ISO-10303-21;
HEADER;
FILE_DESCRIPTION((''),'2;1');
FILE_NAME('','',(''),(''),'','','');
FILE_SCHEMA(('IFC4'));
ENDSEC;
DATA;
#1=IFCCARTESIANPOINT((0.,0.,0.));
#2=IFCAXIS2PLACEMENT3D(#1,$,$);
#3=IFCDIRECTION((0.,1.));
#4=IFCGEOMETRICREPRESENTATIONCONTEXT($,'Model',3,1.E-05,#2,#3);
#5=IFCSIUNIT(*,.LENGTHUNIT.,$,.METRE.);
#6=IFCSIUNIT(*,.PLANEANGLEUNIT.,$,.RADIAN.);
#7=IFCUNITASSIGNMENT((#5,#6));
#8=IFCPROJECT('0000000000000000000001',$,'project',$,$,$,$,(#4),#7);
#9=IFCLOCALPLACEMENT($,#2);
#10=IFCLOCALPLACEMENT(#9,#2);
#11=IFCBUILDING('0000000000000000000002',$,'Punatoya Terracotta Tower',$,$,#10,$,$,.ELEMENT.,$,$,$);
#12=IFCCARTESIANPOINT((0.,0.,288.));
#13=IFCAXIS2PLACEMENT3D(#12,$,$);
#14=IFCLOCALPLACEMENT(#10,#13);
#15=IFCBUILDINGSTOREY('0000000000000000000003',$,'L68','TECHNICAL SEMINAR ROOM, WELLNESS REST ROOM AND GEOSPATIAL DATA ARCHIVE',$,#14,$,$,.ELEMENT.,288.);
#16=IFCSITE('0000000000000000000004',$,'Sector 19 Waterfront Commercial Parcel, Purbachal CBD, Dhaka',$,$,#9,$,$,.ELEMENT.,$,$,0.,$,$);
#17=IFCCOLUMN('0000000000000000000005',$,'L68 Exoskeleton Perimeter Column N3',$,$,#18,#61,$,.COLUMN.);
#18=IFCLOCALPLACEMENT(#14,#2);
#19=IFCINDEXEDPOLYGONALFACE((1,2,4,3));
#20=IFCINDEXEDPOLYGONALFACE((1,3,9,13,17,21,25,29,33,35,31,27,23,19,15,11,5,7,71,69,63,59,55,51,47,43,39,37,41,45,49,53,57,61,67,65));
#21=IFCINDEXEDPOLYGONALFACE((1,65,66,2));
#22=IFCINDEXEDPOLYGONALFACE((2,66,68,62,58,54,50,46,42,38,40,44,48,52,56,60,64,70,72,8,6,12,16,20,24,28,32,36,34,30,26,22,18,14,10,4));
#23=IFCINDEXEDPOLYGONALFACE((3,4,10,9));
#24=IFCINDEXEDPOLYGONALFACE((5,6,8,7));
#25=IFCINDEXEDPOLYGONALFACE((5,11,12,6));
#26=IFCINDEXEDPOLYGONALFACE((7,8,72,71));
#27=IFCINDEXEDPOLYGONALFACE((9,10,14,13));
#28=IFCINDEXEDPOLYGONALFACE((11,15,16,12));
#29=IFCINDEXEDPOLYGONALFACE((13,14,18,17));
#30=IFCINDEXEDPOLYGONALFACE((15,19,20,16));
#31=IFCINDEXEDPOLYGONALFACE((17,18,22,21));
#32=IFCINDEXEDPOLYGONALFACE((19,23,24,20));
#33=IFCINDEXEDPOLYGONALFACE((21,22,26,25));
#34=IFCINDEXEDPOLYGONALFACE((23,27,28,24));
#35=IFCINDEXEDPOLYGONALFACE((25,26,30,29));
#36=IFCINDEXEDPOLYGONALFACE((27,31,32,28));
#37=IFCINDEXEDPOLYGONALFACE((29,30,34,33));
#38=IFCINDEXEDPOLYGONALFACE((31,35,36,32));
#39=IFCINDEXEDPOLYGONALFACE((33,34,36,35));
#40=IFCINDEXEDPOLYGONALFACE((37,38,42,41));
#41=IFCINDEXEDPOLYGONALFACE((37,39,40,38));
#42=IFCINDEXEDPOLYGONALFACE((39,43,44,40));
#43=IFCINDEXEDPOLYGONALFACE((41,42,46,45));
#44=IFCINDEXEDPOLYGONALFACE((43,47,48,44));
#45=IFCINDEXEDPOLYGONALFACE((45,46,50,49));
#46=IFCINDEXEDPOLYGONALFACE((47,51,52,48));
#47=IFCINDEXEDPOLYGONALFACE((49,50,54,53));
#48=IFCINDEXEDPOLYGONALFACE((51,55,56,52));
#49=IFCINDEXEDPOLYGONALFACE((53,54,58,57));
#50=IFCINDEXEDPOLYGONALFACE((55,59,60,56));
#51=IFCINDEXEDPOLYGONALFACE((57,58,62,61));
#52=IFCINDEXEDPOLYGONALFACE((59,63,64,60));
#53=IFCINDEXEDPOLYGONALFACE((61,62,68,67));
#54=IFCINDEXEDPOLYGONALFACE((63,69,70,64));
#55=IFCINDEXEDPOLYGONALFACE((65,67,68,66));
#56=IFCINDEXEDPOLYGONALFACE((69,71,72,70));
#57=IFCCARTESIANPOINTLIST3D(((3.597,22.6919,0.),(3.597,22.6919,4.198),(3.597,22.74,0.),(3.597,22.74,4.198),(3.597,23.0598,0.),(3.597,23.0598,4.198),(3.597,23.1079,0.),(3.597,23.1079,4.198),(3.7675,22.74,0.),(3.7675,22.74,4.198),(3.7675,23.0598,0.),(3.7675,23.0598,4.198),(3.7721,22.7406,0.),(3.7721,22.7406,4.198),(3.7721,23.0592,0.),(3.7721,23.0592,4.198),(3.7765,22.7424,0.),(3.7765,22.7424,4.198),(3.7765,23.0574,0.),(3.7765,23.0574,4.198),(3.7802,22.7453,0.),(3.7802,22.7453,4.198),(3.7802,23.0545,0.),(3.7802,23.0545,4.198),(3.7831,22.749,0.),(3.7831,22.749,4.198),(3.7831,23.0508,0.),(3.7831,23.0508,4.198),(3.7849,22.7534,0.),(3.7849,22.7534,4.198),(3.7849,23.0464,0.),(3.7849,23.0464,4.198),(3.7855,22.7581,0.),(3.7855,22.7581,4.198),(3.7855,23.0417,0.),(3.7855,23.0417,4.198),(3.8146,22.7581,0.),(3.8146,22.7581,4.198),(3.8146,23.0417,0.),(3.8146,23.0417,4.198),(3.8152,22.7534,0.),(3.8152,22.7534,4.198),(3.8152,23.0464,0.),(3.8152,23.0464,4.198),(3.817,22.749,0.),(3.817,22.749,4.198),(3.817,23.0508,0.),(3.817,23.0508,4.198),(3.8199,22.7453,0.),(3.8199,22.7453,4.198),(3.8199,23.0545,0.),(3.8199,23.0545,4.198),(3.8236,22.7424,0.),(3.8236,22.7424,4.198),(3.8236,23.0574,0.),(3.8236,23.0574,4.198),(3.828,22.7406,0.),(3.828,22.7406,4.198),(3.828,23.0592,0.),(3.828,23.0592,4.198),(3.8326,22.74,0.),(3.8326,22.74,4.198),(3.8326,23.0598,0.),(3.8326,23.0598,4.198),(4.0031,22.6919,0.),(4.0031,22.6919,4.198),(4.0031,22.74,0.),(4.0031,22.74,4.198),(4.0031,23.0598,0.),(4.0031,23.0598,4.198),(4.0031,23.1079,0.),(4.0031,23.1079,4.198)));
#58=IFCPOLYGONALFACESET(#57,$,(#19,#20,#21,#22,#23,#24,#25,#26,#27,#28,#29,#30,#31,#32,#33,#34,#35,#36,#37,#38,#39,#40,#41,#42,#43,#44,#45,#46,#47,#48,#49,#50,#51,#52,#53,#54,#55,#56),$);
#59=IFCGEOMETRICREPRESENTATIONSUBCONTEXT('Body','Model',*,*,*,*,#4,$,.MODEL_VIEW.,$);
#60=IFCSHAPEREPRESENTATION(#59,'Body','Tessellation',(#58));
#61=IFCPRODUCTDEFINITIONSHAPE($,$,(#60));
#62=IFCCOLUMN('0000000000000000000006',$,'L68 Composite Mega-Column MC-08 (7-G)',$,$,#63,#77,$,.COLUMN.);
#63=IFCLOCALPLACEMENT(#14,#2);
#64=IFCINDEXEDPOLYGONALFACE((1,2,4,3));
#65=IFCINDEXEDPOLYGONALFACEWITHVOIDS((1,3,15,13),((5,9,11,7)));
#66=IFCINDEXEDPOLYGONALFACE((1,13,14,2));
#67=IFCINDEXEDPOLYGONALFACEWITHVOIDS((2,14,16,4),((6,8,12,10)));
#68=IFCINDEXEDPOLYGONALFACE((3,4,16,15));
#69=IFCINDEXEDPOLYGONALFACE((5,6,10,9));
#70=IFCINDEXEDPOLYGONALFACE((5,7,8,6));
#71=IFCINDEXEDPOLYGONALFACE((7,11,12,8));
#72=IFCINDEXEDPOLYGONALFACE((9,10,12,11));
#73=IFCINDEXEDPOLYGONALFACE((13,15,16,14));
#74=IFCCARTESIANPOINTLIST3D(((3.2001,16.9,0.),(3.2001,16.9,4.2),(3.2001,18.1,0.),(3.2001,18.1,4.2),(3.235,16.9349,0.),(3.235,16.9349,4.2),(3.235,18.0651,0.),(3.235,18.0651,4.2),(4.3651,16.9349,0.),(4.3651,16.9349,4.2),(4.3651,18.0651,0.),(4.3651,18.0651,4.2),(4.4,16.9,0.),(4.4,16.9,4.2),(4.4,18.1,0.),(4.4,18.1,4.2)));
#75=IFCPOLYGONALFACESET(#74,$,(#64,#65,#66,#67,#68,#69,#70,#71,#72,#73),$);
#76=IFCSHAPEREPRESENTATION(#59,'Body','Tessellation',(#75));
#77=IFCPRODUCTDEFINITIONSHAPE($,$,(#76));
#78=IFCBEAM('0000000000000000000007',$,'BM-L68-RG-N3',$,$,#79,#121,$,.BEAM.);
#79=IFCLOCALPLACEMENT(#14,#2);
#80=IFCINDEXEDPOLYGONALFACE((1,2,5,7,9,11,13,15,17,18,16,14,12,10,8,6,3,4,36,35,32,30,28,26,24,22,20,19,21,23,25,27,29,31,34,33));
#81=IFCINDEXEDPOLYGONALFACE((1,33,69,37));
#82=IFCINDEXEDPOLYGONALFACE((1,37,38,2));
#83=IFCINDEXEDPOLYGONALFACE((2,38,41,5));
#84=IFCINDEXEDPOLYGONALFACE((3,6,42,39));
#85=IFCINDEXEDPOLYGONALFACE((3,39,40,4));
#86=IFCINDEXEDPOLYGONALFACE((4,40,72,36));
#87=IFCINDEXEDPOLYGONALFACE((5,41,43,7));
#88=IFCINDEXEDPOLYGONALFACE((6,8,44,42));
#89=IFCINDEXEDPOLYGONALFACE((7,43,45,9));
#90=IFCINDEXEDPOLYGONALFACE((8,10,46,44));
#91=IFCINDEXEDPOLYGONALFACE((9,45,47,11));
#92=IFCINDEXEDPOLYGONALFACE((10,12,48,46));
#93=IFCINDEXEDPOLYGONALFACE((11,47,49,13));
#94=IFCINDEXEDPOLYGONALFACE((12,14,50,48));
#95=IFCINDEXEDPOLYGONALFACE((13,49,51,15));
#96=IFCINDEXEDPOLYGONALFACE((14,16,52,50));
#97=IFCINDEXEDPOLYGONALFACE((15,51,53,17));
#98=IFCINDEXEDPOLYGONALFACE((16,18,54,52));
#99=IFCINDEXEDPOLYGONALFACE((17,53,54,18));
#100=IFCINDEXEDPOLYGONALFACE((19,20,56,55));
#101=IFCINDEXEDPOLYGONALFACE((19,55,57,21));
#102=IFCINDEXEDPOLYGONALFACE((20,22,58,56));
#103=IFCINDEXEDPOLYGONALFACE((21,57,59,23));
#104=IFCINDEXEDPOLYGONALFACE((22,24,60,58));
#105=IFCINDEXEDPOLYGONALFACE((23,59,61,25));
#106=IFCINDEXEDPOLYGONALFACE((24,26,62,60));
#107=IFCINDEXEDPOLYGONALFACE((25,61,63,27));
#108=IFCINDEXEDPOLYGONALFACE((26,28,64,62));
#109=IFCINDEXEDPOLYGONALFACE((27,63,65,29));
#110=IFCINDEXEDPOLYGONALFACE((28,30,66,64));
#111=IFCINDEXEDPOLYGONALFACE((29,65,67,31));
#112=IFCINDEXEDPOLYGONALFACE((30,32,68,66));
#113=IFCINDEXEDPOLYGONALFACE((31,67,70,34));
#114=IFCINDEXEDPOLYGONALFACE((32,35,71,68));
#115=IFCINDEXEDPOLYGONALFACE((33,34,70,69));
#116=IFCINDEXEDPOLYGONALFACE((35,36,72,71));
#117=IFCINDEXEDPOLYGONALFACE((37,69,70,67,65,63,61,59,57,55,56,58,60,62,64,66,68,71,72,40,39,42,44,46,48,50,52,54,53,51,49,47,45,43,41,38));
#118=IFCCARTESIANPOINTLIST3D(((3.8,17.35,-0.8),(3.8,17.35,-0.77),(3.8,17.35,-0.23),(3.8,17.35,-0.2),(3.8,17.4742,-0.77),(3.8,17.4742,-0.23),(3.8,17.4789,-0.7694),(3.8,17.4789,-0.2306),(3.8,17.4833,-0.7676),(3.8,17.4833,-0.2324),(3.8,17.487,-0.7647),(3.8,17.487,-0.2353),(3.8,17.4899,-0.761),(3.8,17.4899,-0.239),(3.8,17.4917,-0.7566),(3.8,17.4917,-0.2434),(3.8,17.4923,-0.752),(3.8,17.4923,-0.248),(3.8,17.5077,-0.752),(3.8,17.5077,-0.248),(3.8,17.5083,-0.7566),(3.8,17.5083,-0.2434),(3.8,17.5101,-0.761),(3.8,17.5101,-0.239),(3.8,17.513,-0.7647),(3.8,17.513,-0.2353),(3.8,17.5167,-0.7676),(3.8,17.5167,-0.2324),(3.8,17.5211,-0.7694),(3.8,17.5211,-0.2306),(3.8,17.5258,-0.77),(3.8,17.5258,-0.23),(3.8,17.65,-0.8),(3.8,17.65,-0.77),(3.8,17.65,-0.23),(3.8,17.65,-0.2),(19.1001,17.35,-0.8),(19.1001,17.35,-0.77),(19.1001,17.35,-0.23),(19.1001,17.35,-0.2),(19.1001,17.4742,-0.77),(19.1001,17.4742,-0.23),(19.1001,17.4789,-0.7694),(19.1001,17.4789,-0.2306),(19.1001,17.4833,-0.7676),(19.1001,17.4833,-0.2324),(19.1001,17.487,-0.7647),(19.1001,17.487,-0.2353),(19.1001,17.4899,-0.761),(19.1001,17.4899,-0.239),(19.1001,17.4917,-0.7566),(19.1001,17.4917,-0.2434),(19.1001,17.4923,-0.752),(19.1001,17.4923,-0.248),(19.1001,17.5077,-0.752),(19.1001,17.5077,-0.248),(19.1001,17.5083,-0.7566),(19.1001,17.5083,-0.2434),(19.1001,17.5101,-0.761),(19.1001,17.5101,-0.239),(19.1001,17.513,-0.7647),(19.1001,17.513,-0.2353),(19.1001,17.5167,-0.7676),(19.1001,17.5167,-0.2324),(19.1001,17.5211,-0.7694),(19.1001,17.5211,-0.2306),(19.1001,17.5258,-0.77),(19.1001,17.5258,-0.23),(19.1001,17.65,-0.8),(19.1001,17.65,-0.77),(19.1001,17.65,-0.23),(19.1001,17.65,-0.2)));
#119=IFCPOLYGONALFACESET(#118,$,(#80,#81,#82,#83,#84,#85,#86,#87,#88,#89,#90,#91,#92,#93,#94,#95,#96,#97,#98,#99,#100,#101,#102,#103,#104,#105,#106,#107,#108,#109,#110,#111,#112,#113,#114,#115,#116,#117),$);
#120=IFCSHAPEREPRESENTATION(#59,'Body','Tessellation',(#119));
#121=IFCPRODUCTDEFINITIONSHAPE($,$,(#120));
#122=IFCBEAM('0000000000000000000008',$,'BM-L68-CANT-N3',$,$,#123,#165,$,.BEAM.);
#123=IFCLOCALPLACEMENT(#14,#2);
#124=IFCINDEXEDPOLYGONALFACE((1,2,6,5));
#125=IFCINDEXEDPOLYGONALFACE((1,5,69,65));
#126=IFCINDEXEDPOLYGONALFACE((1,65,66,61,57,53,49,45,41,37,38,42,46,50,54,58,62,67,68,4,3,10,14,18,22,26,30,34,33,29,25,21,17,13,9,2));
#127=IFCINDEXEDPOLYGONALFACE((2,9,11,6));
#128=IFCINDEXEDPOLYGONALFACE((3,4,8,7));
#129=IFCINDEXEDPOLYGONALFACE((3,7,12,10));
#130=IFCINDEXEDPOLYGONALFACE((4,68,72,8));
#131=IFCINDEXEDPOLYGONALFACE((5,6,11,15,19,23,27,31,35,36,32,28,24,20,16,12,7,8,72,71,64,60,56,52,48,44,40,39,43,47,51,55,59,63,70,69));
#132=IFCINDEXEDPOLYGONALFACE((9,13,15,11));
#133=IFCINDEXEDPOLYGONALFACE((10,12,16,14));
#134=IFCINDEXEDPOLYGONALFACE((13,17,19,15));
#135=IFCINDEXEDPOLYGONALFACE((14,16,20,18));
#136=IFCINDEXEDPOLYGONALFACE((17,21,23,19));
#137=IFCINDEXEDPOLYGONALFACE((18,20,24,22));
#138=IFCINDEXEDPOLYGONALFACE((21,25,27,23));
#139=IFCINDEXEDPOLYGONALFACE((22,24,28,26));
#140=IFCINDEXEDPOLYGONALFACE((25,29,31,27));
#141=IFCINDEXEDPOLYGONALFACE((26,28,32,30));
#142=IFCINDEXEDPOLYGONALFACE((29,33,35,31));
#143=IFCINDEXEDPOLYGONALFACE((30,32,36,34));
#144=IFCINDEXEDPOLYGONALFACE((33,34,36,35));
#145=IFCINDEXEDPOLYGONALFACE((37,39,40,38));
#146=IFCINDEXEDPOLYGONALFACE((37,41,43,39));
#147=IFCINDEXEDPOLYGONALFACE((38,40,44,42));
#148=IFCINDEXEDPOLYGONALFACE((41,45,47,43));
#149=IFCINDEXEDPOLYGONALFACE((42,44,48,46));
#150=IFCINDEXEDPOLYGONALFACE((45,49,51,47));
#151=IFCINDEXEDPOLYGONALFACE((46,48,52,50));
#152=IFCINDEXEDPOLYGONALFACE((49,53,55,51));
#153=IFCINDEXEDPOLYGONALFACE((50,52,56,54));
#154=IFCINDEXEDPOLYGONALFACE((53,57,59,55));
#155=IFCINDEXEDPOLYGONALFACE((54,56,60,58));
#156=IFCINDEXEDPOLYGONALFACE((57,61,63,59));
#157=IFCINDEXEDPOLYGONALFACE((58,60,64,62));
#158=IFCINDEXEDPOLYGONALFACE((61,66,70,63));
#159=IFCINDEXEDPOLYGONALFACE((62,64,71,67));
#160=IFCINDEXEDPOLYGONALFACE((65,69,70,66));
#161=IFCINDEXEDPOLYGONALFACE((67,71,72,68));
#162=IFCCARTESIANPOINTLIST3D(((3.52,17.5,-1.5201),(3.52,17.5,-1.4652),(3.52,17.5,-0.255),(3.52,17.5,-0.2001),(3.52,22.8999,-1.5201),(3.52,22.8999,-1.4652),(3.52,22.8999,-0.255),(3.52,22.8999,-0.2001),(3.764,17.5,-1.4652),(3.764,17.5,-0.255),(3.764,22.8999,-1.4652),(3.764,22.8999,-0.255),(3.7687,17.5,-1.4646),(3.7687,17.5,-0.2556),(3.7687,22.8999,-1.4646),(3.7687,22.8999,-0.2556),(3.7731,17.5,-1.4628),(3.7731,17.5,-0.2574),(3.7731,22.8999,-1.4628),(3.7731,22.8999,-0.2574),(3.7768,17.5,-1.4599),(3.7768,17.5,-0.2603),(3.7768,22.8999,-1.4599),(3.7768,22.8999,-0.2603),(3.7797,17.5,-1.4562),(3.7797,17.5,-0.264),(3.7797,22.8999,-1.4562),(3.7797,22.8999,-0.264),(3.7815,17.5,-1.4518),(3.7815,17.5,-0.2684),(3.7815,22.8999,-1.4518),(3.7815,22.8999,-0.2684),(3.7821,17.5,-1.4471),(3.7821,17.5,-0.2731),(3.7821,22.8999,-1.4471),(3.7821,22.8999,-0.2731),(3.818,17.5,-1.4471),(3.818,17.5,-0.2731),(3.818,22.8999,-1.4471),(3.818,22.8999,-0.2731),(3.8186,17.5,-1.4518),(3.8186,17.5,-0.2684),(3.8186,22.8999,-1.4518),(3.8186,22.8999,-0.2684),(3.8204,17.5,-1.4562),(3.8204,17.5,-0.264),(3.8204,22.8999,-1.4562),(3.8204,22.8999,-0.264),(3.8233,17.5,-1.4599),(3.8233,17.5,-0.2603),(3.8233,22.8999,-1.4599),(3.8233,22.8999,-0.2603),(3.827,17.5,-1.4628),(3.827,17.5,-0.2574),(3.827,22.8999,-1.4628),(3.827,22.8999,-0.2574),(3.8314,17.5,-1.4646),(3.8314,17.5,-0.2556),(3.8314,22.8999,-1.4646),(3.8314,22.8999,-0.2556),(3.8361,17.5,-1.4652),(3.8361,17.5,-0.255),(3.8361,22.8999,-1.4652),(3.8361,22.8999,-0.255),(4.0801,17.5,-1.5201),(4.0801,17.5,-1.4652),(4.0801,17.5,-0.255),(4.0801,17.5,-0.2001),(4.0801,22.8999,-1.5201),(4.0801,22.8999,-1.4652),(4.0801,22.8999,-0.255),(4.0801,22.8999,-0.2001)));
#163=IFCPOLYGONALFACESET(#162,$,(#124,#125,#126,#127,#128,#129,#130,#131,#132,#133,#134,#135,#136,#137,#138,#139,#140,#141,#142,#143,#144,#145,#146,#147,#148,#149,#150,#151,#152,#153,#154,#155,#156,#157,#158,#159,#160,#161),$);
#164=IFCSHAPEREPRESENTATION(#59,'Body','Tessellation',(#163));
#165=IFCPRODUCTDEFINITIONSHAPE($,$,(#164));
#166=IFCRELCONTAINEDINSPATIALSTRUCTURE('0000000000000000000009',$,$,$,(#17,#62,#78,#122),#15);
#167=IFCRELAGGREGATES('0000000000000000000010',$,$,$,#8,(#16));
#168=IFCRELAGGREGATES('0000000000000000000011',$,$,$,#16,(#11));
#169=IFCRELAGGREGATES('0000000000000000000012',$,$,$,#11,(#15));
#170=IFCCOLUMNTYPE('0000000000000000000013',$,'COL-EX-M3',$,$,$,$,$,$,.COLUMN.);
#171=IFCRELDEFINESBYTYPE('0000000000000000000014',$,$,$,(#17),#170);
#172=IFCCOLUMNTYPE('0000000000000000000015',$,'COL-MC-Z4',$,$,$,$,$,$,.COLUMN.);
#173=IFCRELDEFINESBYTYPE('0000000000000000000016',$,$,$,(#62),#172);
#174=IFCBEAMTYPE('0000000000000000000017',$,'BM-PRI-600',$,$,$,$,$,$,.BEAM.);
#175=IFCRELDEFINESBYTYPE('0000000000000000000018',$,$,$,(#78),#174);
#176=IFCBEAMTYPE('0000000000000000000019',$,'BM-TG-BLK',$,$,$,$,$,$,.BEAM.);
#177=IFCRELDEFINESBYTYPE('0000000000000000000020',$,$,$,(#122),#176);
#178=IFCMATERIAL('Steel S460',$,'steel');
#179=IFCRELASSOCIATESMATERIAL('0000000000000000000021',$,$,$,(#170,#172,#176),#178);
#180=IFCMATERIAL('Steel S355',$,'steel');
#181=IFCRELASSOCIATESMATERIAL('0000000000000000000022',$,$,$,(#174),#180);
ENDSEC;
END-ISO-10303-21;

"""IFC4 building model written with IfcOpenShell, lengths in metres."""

from ifc_helpers import new_model, si_unit, direction, frame, origin, origin_2d, place, context, subcontext, project, spatial, hollow_rectangle, i_section, extrude, material, material_profile, profile_set, type_object, element, save


model = new_model("IFC4")

# Units and contexts
model_context = context("Model", 3, precision=1e-05, world=origin(), true_north=direction((0.0, 1.0)))
body_context = subcontext(model_context, "Body", "Model", "MODEL_VIEW")
ifc_project = project(units=[si_unit("LENGTHUNIT", "METRE"), si_unit("PLANEANGLEUNIT", "RADIAN")], contexts=[model_context])

# Site, building, storey
site_placement = place(None, origin())
site = spatial("IfcSite", under=ifc_project, at=site_placement, Name="Sector 19 Waterfront Commercial Parcel, Purbachal CBD, Dhaka", CompositionType="ELEMENT", RefElevation=0.0)
building_placement = place(site_placement, origin())
building = spatial("IfcBuilding", under=site, at=building_placement, Name="Punatoya Terracotta Tower", CompositionType="ELEMENT")
storey_placement = place(building_placement, frame((0.0, 0.0, 288.0)))
storey = spatial("IfcBuildingStorey", under=building, at=storey_placement, Name="L68", Description="TECHNICAL SEMINAR ROOM, WELLNESS REST ROOM AND GEOSPATIAL DATA ARCHIVE", CompositionType="ELEMENT", Elevation=288.0)

# Columns
ifc_material_1 = material(Name="Steel S460", Category="steel")
ifc_material_profile_1 = material_profile(ifc_material_1, i_section(OverallWidth=0.406, OverallDepth=0.416, WebThickness=0.0291, FlangeThickness=0.0481, FilletRadius=0.0181, at=origin_2d()))
ifc_profile_set_1 = profile_set([ifc_material_profile_1], Name="Steel S460")
column_type_1 = type_object("IfcColumnType", Name="COL-EX-M3", PredefinedType="COLUMN", material=ifc_profile_set_1)
column_1_placement = place(storey_placement, frame((3.8, 22.8999, 0.0), z_axis=(0.0, 0.0, 1.0), x_axis=(1.0, 0.0, 0.0)))
element("IfcColumn", 1, at=column_1_placement, inside=storey, type_object=column_type_1, Name="L68 Exoskeleton Perimeter Column N3", PredefinedType="COLUMN", context=body_context, shape_type="SweptSolid", body=[
    extrude(i_section(OverallWidth=0.406, OverallDepth=0.416, WebThickness=0.0291, FlangeThickness=0.0481, FilletRadius=0.0181, at=origin_2d()), origin(), (0.0, 0.0, 1.0), 4.198),
])
ifc_material_profile_2 = material_profile(ifc_material_1, hollow_rectangle(XDim=1.2, YDim=1.2, WallThickness=0.0349, at=origin_2d()))
ifc_profile_set_2 = profile_set([ifc_material_profile_2], Name="Steel S460")
column_type_2 = type_object("IfcColumnType", Name="COL-MC-Z4", PredefinedType="COLUMN", material=ifc_profile_set_2)
column_2_placement = place(storey_placement, frame((3.8, 17.5, 0.0), z_axis=(0.0, 0.0, 1.0), x_axis=(1.0, 0.0, 0.0)))
element("IfcColumn", 2, at=column_2_placement, inside=storey, type_object=column_type_2, Name="L68 Composite Mega-Column MC-08 (7-G)", PredefinedType="COLUMN", context=body_context, shape_type="SweptSolid", body=[
    extrude(hollow_rectangle(XDim=1.2, YDim=1.2, WallThickness=0.0349, at=origin_2d()), origin(), (0.0, 0.0, 1.0), 4.2),
])

# Beams
ifc_material_2 = material(Name="Steel S355", Category="steel")
ifc_material_profile_3 = material_profile(ifc_material_2, i_section(OverallWidth=0.3, OverallDepth=0.6001, WebThickness=0.0154, FlangeThickness=0.03, FilletRadius=0.0181, at=origin_2d()))
ifc_profile_set_3 = profile_set([ifc_material_profile_3], Name="Steel S355")
beam_type_1 = type_object("IfcBeamType", Name="BM-PRI-600", PredefinedType="BEAM", material=ifc_profile_set_3)
beam_1_placement = place(storey_placement, frame((3.8, 17.5, -0.5), z_axis=(1.0, 0.0, 0.0), x_axis=(0.0, 1.0, 0.0)))
element("IfcBeam", 3, at=beam_1_placement, inside=storey, type_object=beam_type_1, Name="BM-L68-RG-N3", PredefinedType="BEAM", context=body_context, shape_type="SweptSolid", body=[
    extrude(i_section(OverallWidth=0.3, OverallDepth=0.6001, WebThickness=0.0154, FlangeThickness=0.03, FilletRadius=0.0181, at=origin_2d()), origin(), (0.0, 0.0, 1.0), 15.3),
])
ifc_material_profile_4 = material_profile(ifc_material_1, i_section(OverallWidth=0.5601, OverallDepth=1.3201, WebThickness=0.0359, FlangeThickness=0.0549, FilletRadius=0.0181, at=origin_2d()))
ifc_profile_set_4 = profile_set([ifc_material_profile_4], Name="Steel S460")
beam_type_2 = type_object("IfcBeamType", Name="BM-TG-BLK", PredefinedType="BEAM", material=ifc_profile_set_4)
beam_2_placement = place(storey_placement, frame((3.8, 17.5, -0.8601), z_axis=(0.0, 1.0, 0.0), x_axis=(-1.0, 0.0, 0.0)))
element("IfcBeam", 4, at=beam_2_placement, inside=storey, type_object=beam_type_2, Name="BM-L68-CANT-N3", PredefinedType="BEAM", context=body_context, shape_type="SweptSolid", body=[
    extrude(i_section(OverallWidth=0.5601, OverallDepth=1.3201, WebThickness=0.0359, FlangeThickness=0.0549, FilletRadius=0.0181, at=origin_2d()), origin(), (0.0, 0.0, 1.0), 5.3999),
])

save(model, "model.ifc")
